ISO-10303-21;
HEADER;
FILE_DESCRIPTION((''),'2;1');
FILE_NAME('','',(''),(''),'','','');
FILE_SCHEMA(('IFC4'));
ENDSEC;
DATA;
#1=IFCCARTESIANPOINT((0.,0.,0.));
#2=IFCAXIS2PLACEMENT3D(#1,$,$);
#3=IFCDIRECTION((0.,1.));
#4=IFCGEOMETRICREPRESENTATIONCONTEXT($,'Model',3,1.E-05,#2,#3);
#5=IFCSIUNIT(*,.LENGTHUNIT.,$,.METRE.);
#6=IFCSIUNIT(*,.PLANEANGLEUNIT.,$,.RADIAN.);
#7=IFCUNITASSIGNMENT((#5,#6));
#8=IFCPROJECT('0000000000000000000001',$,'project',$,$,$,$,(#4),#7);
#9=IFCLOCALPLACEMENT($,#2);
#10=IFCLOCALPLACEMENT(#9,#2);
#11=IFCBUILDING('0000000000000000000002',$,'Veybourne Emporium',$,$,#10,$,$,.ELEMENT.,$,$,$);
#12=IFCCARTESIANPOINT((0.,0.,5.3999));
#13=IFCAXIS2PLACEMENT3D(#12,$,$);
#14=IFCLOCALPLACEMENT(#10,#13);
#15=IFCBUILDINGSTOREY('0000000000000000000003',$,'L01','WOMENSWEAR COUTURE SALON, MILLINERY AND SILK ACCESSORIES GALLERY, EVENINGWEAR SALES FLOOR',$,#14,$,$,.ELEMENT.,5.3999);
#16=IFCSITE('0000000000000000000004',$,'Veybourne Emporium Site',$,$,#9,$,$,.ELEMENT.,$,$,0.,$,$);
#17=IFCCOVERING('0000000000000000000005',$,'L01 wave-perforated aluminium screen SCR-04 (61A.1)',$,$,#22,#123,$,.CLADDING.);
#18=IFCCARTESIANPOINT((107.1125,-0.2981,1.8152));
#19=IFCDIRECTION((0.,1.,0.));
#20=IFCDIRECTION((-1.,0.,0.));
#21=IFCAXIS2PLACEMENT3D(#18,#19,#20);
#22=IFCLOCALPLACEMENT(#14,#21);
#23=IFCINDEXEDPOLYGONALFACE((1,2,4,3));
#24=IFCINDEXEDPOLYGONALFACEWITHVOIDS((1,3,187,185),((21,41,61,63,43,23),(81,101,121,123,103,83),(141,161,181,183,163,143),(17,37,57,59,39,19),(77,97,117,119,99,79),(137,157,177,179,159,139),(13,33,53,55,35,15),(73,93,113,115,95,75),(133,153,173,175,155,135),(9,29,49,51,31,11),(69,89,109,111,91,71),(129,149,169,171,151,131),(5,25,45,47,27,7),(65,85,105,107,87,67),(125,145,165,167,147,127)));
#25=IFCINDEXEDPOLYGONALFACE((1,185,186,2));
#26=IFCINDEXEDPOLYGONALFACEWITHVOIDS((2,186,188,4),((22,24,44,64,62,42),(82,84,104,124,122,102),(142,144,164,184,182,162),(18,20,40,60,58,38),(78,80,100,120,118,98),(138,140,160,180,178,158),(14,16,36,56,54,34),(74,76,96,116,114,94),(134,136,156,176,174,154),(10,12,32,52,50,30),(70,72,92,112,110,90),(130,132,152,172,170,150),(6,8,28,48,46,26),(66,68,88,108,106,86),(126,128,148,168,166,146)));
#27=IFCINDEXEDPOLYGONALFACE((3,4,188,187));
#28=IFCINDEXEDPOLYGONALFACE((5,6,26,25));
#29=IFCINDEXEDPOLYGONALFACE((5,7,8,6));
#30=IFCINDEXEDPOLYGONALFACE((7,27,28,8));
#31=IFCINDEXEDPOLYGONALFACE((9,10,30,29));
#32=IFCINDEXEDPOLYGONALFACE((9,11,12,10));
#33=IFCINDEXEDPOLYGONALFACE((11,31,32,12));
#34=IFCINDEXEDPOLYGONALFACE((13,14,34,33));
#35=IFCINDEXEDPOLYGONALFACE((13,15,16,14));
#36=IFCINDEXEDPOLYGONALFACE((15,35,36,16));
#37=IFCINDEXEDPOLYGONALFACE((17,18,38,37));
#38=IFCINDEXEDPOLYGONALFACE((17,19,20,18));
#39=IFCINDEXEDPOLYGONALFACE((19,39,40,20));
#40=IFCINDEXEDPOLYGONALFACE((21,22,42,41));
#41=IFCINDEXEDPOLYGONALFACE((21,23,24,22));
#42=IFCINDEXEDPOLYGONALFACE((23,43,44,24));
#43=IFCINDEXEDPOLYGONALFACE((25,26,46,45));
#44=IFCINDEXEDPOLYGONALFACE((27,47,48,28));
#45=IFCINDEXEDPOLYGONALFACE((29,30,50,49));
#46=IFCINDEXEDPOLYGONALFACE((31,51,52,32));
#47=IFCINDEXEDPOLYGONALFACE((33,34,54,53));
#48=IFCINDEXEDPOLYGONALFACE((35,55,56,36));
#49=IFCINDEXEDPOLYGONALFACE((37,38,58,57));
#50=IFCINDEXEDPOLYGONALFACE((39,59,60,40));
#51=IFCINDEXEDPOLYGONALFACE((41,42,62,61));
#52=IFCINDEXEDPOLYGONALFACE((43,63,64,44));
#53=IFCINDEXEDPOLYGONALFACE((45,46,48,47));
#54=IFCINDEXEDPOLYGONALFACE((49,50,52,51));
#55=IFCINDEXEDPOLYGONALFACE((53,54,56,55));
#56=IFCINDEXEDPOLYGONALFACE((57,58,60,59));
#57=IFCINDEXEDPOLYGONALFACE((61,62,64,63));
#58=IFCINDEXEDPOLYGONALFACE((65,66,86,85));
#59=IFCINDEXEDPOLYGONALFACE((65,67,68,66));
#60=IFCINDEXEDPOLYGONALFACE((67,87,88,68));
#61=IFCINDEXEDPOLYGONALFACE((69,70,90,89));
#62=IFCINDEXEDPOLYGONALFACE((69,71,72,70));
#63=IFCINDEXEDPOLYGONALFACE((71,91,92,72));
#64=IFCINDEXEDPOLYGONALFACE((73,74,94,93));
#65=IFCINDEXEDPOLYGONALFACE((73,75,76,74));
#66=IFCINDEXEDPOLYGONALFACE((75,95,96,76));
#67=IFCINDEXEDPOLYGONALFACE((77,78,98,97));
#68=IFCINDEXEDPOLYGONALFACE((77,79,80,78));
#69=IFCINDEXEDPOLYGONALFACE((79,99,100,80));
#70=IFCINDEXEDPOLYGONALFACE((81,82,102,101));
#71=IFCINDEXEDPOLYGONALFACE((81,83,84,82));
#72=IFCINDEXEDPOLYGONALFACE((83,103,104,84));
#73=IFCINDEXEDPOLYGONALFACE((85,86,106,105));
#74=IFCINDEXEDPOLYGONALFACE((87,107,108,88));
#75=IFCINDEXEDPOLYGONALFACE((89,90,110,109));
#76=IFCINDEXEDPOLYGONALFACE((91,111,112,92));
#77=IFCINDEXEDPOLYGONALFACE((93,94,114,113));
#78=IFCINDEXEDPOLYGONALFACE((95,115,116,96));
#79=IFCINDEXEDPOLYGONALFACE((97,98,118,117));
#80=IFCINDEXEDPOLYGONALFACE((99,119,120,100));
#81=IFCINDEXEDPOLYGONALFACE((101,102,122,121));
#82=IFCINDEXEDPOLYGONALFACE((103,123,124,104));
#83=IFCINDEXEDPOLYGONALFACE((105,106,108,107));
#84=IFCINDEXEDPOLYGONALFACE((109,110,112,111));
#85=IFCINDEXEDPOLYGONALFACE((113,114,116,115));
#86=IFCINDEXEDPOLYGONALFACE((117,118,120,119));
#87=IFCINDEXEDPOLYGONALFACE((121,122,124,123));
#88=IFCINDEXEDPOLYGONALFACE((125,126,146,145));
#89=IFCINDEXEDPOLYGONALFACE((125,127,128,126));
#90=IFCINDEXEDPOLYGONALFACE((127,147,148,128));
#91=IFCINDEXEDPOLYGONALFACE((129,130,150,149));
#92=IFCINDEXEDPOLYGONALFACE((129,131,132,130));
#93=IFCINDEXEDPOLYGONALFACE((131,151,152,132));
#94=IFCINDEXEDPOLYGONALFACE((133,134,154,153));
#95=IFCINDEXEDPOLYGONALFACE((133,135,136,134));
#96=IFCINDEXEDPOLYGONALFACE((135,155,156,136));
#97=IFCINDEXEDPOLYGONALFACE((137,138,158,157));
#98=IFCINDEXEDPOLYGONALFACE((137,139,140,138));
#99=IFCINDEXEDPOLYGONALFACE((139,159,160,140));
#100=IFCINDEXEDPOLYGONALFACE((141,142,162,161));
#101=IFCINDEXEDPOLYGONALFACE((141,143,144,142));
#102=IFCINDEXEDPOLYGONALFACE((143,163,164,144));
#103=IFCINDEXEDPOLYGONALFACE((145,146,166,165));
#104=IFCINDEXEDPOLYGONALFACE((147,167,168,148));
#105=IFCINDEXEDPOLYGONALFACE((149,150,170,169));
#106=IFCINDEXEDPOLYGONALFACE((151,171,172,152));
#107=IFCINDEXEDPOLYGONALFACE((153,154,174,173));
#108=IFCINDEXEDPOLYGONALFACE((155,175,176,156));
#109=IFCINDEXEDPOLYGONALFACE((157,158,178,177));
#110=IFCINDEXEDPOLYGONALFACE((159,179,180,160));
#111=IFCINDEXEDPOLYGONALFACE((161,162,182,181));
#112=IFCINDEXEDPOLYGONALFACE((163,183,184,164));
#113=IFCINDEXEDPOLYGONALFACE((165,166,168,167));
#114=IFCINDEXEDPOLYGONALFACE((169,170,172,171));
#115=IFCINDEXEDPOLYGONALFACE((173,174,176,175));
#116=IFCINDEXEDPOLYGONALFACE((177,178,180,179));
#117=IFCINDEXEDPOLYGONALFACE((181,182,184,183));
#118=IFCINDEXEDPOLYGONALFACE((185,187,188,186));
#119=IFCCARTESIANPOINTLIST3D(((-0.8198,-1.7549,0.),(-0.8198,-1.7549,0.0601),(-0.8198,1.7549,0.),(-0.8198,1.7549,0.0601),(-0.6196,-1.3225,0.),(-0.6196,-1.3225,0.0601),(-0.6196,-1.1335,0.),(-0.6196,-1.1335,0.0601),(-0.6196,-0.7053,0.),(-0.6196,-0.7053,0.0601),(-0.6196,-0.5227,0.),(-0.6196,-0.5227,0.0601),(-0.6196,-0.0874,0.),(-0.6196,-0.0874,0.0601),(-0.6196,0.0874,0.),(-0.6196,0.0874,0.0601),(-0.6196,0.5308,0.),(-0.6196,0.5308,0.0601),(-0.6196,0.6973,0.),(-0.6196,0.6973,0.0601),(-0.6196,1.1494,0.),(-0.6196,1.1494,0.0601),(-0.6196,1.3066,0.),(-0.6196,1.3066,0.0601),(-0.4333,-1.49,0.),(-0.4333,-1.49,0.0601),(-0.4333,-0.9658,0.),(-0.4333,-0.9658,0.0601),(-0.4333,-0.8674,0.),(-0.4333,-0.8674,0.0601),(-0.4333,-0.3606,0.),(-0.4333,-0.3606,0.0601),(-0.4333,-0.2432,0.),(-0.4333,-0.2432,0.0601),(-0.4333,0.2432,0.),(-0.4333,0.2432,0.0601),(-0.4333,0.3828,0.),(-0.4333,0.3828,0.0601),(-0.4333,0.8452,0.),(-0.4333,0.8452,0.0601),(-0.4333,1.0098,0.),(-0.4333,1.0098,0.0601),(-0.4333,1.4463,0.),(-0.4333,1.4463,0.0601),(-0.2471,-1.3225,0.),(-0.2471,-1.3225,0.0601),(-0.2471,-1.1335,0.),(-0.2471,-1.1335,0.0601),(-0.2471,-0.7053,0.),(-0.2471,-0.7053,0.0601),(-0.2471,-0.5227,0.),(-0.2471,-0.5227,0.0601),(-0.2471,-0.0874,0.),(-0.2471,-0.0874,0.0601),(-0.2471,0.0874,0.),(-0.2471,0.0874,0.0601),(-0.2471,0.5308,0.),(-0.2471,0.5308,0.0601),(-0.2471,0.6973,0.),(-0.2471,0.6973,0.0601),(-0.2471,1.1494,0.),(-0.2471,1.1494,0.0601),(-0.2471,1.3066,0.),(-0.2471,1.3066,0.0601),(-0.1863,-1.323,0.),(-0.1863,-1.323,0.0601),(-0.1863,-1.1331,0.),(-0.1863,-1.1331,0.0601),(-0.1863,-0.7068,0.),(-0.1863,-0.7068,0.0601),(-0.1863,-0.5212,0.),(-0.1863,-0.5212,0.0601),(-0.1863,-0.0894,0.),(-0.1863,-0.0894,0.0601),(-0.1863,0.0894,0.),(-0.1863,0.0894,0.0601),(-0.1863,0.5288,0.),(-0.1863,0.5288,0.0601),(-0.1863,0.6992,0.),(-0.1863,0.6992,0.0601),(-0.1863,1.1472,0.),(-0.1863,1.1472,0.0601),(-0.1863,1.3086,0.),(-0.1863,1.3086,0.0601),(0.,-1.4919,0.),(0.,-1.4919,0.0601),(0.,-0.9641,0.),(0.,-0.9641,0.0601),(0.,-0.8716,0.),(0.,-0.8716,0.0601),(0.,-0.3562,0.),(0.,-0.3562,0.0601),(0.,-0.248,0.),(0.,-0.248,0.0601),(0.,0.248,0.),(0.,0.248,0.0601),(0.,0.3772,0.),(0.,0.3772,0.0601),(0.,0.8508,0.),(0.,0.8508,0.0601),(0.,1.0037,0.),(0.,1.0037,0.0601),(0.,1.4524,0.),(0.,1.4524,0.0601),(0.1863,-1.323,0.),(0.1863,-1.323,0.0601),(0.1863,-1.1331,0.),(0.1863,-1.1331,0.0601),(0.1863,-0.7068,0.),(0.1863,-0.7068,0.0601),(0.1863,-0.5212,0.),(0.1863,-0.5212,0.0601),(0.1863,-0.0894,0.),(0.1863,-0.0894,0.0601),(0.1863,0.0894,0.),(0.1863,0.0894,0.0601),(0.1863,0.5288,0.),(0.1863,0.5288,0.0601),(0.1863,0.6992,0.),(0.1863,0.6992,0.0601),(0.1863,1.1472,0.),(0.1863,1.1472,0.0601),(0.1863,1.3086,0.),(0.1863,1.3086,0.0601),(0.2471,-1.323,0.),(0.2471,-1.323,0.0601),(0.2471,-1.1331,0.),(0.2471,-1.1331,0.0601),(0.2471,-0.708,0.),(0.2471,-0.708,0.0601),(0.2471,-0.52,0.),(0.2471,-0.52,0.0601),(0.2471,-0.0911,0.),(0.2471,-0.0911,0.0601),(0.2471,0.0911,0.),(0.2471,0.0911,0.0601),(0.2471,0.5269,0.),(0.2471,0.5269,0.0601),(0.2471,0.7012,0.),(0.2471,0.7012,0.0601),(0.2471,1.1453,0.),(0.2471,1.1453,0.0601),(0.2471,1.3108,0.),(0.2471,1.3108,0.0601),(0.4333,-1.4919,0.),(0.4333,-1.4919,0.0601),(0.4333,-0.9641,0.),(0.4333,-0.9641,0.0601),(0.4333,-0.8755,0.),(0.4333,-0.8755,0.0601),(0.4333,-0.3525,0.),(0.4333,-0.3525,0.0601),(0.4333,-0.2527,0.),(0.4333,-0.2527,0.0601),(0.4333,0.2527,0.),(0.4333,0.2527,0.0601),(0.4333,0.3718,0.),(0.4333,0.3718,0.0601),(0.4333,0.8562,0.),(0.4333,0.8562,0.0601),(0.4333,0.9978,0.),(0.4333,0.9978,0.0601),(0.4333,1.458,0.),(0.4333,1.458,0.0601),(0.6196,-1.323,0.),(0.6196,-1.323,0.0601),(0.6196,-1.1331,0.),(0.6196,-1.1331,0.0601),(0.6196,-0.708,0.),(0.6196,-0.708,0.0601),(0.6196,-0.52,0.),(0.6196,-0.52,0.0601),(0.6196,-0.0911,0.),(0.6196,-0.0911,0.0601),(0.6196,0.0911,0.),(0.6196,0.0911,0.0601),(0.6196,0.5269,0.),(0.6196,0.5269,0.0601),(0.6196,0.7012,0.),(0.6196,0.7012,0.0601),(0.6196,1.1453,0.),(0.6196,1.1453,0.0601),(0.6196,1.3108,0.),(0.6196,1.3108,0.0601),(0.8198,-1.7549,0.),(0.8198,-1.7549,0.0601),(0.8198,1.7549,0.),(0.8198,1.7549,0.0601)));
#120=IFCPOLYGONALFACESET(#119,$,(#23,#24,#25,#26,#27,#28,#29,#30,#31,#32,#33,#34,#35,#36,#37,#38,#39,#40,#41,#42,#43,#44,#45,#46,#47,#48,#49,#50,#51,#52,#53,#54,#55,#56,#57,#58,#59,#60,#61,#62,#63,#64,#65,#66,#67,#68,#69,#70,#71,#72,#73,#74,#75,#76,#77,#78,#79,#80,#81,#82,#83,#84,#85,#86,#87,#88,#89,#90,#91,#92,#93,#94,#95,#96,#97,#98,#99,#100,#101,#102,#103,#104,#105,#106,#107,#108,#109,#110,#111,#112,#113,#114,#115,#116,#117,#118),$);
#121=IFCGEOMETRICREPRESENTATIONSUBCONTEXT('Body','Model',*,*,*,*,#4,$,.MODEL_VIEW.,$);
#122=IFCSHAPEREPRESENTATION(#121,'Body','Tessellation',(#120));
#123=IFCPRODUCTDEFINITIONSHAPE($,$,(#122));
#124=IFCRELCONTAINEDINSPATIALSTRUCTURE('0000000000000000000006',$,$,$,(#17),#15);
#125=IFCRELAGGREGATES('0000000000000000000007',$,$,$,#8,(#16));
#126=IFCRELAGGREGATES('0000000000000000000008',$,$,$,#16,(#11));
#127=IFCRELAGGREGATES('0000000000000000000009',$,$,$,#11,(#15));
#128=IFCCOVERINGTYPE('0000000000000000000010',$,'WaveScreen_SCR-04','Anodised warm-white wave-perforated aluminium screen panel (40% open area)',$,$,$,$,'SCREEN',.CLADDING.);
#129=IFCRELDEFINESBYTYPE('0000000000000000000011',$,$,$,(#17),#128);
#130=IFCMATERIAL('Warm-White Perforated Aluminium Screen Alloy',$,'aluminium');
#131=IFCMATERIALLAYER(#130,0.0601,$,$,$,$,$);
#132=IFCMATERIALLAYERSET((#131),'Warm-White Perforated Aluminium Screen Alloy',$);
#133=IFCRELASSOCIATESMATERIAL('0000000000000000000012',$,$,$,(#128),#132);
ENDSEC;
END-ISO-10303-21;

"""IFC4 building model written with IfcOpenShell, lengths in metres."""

from ifc_helpers import new_model, si_unit, direction, frame, origin, place, context, subcontext, project, spatial, polyline, outline, extrude, material, layer, layer_set, type_object, element, save


model = new_model("IFC4")

# Units and contexts
model_context = context("Model", 3, precision=1e-05, world=origin(), true_north=direction((0.0, 1.0)))
body_context = subcontext(model_context, "Body", "Model", "MODEL_VIEW")
ifc_project = project(units=[si_unit("LENGTHUNIT", "METRE"), si_unit("PLANEANGLEUNIT", "RADIAN")], contexts=[model_context])

# Site, building, storey
site_placement = place(None, origin())
site = spatial("IfcSite", under=ifc_project, at=site_placement, Name="Veybourne Emporium Site", CompositionType="ELEMENT", RefElevation=0.0)
building_placement = place(site_placement, origin())
building = spatial("IfcBuilding", under=site, at=building_placement, Name="Veybourne Emporium", CompositionType="ELEMENT")
storey_placement = place(building_placement, frame((0.0, 0.0, 5.3999)))
storey = spatial("IfcBuildingStorey", under=building, at=storey_placement, Name="L01", Description="WOMENSWEAR COUTURE SALON, MILLINERY AND SILK ACCESSORIES GALLERY, EVENINGWEAR SALES FLOOR", CompositionType="ELEMENT", Elevation=5.3999)

# Covering
ifc_material_1 = material(Name="Warm-White Perforated Aluminium Screen Alloy", Category="aluminium")
ifc_layer_1 = layer(ifc_material_1, 0.0601)
ifc_layer_set_1 = layer_set([ifc_layer_1], Name="Warm-White Perforated Aluminium Screen Alloy")
covering_type = type_object("IfcCoveringType", Name="WaveScreen_SCR-04", Description="Anodised warm-white wave-perforated aluminium screen panel (40% open area)", ElementType="SCREEN", PredefinedType="CLADDING", material=ifc_layer_set_1)
covering_placement = place(storey_placement, frame((107.1125, -0.2981, 1.8152), z_axis=(0.0, 1.0, 0.0), x_axis=(-1.0, 0.0, 0.0)))
element("IfcCovering", 1, at=covering_placement, inside=storey, type_object=covering_type, Name="L01 wave-perforated aluminium screen SCR-04 (61A.1)", PredefinedType="CLADDING", context=body_context, shape_type="SweptSolid", body=[
    extrude(outline(polyline([(-0.8198, -1.7549), (0.8198, -1.7549), (0.8198, 1.7549), (-0.8198, 1.7549), (-0.8198, -1.7549)]), holes=[polyline([(-0.4333, -0.9658), (-0.2471, -1.1335), (-0.2471, -1.3225), (-0.4333, -1.49), (-0.6196, -1.3225), (-0.6196, -1.1335), (-0.4333, -0.9658)]), polyline([(-0.4333, -0.3606), (-0.2471, -0.5227), (-0.2471, -0.7053), (-0.4333, -0.8674), (-0.6196, -0.7053), (-0.6196, -0.5227), (-0.4333, -0.3606)]), polyline([(-0.4333, 0.2432), (-0.2471, 0.0874), (-0.2471, -0.0874), (-0.4333, -0.2432), (-0.6196, -0.0874), (-0.6196, 0.0874), (-0.4333, 0.2432)]), polyline([(-0.4333, 0.8452), (-0.2471, 0.6973), (-0.2471, 0.5308), (-0.4333, 0.3828), (-0.6196, 0.5308), (-0.6196, 0.6973), (-0.4333, 0.8452)]), polyline([(-0.4333, 1.4463), (-0.2471, 1.3066), (-0.2471, 1.1494), (-0.4333, 1.0098), (-0.6196, 1.1494), (-0.6196, 1.3066), (-0.4333, 1.4463)]), polyline([(0.0, -0.9641), (0.1863, -1.1331), (0.1863, -1.323), (0.0, -1.4919), (-0.1863, -1.323), (-0.1863, -1.1331), (0.0, -0.9641)]), polyline([(0.0, -0.3562), (0.1863, -0.5212), (0.1863, -0.7068), (0.0, -0.8716), (-0.1863, -0.7068), (-0.1863, -0.5212), (0.0, -0.3562)]), polyline([(0.0, 0.248), (0.1863, 0.0894), (0.1863, -0.0894), (0.0, -0.248), (-0.1863, -0.0894), (-0.1863, 0.0894), (0.0, 0.248)]), polyline([(0.0, 0.8508), (0.1863, 0.6992), (0.1863, 0.5288), (0.0, 0.3772), (-0.1863, 0.5288), (-0.1863, 0.6992), (0.0, 0.8508)]), polyline([(0.0, 1.4524), (0.1863, 1.3086), (0.1863, 1.1472), (0.0, 1.0037), (-0.1863, 1.1472), (-0.1863, 1.3086), (0.0, 1.4524)]), polyline([(0.4333, -0.9641), (0.6196, -1.1331), (0.6196, -1.323), (0.4333, -1.4919), (0.2471, -1.323), (0.2471, -1.1331), (0.4333, -0.9641)]), polyline([(0.4333, -0.3525), (0.6196, -0.52), (0.6196, -0.708), (0.4333, -0.8755), (0.2471, -0.708), (0.2471, -0.52), (0.4333, -0.3525)]), polyline([(0.4333, 0.2527), (0.6196, 0.0911), (0.6196, -0.0911), (0.4333, -0.2527), (0.2471, -0.0911), (0.2471, 0.0911), (0.4333, 0.2527)]), polyline([(0.4333, 0.8562), (0.6196, 0.7012), (0.6196, 0.5269), (0.4333, 0.3718), (0.2471, 0.5269), (0.2471, 0.7012), (0.4333, 0.8562)]), polyline([(0.4333, 1.458), (0.6196, 1.3108), (0.6196, 1.1453), (0.4333, 0.9978), (0.2471, 1.1453), (0.2471, 1.3108), (0.4333, 1.458)])]), origin(), (0.0, 0.0, 1.0), 0.0601),
])

save(model, "model.ifc")
